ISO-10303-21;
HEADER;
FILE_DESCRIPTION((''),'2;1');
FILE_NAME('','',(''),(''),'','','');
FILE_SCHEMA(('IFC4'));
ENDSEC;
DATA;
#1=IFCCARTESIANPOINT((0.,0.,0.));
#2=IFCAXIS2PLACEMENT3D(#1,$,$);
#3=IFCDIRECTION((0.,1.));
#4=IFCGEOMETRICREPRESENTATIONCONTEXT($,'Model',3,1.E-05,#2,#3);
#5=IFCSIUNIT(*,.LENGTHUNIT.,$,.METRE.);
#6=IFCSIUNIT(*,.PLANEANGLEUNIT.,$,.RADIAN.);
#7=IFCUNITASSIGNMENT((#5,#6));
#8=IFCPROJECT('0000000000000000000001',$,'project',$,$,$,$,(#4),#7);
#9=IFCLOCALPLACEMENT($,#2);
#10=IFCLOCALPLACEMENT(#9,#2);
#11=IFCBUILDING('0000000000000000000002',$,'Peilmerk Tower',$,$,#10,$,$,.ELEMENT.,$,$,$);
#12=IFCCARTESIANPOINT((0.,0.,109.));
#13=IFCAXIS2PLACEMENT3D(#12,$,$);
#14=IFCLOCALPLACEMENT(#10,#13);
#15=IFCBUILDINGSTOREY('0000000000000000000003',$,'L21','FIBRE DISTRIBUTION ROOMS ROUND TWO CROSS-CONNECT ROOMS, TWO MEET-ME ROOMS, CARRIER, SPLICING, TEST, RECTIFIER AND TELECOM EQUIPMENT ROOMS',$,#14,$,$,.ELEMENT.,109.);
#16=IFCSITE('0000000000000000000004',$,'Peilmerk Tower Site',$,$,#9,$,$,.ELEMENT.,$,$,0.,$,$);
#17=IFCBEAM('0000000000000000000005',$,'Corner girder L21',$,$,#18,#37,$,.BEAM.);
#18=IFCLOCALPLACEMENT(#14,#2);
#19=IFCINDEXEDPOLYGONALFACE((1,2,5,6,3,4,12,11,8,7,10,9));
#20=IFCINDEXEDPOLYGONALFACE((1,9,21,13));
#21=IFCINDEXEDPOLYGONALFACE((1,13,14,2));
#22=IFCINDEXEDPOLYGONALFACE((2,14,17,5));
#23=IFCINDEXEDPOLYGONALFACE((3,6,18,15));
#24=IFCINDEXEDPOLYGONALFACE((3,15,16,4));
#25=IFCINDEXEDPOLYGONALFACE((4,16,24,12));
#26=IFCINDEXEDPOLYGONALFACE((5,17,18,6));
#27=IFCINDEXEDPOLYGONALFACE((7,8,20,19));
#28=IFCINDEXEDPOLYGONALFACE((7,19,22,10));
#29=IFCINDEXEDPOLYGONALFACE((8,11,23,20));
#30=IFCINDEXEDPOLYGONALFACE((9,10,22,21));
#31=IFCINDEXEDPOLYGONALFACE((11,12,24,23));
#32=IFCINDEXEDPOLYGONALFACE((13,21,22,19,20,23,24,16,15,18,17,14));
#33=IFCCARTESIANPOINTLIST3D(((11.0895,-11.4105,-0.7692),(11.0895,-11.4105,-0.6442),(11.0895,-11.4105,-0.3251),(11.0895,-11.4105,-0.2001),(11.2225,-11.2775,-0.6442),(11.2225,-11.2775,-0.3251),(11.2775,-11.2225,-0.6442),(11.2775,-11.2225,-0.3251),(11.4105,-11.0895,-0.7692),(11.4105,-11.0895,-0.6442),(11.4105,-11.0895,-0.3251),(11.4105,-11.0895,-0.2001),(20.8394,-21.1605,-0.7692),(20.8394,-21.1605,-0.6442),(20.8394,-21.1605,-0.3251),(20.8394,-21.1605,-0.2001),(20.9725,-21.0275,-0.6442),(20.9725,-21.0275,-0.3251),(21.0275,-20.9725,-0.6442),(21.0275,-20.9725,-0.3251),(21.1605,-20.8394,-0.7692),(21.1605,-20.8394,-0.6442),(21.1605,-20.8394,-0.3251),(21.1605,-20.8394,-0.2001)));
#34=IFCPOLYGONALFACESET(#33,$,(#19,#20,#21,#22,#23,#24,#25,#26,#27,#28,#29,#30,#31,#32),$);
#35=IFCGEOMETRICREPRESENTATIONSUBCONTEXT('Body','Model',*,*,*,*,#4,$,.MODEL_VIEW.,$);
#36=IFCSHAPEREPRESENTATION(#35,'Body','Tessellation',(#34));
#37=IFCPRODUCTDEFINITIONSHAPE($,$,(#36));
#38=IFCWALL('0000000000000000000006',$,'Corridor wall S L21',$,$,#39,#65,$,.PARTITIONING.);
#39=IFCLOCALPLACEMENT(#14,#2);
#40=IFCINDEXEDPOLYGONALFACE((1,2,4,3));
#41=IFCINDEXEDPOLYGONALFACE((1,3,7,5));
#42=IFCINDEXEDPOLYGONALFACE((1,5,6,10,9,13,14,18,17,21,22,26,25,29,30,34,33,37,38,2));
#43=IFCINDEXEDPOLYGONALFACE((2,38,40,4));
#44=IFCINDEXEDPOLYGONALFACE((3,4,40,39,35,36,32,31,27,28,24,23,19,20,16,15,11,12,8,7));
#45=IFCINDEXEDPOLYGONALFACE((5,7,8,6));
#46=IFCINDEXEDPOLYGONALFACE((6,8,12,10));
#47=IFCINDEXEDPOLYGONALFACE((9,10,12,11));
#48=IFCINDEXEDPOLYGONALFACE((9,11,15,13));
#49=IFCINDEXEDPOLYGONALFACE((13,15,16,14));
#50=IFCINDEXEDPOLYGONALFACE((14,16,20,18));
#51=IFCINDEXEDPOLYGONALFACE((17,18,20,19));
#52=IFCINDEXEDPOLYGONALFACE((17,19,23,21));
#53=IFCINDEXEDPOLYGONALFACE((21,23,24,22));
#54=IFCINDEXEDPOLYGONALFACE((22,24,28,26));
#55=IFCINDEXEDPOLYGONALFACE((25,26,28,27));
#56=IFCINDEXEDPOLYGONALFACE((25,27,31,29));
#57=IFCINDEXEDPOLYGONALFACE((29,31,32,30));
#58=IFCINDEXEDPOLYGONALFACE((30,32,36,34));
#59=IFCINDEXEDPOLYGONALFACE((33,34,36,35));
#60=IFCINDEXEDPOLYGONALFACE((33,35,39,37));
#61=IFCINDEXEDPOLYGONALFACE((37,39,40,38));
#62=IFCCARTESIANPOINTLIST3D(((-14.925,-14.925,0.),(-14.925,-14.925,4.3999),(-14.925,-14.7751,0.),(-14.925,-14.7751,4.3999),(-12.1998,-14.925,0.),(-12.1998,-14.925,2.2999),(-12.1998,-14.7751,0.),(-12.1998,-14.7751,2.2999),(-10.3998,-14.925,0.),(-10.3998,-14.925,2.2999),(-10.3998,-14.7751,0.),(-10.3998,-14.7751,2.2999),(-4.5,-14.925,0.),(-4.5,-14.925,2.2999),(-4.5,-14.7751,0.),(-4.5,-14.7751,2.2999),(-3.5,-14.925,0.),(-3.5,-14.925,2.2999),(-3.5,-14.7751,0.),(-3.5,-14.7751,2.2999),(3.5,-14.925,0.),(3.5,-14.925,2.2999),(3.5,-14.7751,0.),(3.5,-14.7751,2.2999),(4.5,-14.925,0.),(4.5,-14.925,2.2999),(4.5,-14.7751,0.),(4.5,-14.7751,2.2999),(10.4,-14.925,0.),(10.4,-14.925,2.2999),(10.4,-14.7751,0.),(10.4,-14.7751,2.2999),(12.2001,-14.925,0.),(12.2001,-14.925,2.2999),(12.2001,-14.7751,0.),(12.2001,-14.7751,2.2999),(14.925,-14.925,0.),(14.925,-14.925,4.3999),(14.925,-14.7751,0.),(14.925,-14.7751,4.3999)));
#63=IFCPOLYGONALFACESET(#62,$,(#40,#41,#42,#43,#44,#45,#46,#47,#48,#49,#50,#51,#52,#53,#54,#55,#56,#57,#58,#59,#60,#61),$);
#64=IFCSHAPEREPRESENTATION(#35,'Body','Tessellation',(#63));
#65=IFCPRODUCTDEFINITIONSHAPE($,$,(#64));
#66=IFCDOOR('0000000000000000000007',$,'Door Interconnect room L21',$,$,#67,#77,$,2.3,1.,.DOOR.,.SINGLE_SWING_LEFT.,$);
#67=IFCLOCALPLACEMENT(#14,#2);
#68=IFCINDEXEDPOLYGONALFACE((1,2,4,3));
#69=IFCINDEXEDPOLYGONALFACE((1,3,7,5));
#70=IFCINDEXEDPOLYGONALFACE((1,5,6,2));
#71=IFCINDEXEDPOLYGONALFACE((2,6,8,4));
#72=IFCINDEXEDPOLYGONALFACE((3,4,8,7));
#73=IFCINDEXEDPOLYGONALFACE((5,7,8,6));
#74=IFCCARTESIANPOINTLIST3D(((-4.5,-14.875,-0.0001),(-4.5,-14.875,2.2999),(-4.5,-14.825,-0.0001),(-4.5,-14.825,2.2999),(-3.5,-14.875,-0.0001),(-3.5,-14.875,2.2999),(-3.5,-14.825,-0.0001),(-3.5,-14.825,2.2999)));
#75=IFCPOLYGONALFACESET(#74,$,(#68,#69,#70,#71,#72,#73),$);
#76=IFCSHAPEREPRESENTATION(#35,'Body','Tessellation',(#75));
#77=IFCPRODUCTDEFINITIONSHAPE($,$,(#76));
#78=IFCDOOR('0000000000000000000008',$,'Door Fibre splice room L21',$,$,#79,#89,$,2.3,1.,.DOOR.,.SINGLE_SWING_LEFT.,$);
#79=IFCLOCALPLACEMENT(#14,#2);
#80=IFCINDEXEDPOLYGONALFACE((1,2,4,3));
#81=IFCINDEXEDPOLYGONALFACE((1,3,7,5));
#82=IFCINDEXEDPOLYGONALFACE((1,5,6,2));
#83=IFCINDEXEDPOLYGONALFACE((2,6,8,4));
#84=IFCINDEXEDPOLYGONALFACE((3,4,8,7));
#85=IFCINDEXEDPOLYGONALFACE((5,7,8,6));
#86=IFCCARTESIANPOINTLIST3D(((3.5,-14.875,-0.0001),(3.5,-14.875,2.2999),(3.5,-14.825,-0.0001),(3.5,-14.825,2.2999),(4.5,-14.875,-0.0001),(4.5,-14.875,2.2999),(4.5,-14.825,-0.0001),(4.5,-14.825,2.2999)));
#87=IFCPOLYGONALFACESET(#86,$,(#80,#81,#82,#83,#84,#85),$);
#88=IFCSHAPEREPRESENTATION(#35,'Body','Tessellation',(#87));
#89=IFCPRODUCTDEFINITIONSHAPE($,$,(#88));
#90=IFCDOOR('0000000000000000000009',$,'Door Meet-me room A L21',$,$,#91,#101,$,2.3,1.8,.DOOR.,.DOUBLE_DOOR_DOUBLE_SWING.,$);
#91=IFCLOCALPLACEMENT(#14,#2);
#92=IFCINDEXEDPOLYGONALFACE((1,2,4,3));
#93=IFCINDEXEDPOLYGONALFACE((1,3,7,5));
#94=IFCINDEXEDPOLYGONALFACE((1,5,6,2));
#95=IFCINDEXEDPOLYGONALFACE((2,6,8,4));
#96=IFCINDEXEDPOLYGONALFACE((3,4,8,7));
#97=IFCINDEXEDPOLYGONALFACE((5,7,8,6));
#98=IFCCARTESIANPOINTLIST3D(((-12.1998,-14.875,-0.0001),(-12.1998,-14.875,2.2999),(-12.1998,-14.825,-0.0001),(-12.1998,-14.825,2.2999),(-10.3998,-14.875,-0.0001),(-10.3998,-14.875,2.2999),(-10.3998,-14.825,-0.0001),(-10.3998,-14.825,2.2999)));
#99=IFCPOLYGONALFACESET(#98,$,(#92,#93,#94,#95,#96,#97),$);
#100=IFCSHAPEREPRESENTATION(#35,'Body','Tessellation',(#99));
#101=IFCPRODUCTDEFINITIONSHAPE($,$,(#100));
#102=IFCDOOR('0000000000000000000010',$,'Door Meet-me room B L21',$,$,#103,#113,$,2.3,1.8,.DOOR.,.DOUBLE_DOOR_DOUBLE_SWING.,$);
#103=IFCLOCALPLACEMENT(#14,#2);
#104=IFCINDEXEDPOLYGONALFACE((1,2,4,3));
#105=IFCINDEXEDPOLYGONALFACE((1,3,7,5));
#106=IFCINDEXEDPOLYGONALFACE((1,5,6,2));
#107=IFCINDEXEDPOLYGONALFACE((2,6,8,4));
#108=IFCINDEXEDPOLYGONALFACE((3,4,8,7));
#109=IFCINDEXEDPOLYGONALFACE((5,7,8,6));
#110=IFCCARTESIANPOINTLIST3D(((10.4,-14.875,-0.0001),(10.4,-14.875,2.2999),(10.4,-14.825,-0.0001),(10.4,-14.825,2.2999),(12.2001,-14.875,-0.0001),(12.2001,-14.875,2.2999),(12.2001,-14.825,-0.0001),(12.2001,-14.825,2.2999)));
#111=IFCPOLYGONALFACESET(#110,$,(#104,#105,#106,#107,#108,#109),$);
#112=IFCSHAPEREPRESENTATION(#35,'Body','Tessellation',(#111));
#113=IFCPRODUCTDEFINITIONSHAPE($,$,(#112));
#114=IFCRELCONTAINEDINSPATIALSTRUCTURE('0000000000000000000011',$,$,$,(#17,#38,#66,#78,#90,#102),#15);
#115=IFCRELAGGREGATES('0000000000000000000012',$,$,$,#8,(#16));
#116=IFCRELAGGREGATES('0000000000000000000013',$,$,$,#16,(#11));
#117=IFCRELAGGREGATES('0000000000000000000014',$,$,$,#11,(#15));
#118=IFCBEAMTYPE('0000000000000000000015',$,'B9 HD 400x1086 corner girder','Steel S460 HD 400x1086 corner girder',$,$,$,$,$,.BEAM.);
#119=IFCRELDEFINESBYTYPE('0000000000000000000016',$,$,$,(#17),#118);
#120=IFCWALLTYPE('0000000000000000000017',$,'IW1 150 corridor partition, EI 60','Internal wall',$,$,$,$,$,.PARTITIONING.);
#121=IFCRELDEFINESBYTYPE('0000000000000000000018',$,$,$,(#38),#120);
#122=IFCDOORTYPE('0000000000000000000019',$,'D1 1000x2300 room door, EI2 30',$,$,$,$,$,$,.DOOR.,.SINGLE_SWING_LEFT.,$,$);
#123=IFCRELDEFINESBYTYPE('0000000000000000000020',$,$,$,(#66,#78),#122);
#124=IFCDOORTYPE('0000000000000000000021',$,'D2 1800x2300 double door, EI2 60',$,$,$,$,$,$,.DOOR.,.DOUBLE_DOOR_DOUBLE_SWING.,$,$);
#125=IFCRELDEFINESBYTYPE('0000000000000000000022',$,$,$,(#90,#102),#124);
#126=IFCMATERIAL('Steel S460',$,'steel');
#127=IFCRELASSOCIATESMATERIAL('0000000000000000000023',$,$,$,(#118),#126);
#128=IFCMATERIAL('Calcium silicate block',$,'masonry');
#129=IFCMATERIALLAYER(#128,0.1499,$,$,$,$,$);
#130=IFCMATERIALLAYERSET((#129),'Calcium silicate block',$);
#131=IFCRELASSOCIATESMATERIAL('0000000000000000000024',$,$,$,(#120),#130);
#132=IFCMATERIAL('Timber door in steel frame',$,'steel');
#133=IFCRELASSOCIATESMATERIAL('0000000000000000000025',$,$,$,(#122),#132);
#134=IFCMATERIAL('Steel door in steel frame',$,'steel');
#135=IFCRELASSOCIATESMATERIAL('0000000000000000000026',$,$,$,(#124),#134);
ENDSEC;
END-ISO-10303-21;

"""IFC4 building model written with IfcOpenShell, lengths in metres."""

from ifc_helpers import new_model, si_unit, direction, frame, frame_2d, origin, origin_2d, place, context, subcontext, project, spatial, rectangle, i_section, extrude, material, layer, layer_set, material_profile, profile_set, type_object, element, fill, save


model = new_model("IFC4")

# Units and contexts
model_context = context("Model", 3, precision=1e-05, world=origin(), true_north=direction((0.0, 1.0)))
body_context = subcontext(model_context, "Body", "Model", "MODEL_VIEW")
ifc_project = project(units=[si_unit("LENGTHUNIT", "METRE"), si_unit("PLANEANGLEUNIT", "RADIAN")], contexts=[model_context])

# Site, building, storey
site_placement = place(None, origin())
site = spatial("IfcSite", under=ifc_project, at=site_placement, Name="Peilmerk Tower Site", CompositionType="ELEMENT", RefElevation=0.0)
building_placement = place(site_placement, origin())
building = spatial("IfcBuilding", under=site, at=building_placement, Name="Peilmerk Tower", CompositionType="ELEMENT")
storey_placement = place(building_placement, frame((0.0, 0.0, 109.0)))
storey = spatial("IfcBuildingStorey", under=building, at=storey_placement, Name="L21", Description="FIBRE DISTRIBUTION ROOMS ROUND TWO CROSS-CONNECT ROOMS, TWO MEET-ME ROOMS, CARRIER, SPLICING, TEST, RECTIFIER AND TELECOM EQUIPMENT ROOMS", CompositionType="ELEMENT", Elevation=109.0)

# Shared definitions
ifc_material_1 = material(Name="Steel S460", Category="steel")

# Beam
ifc_material_profile_1 = material_profile(ifc_material_1, i_section(OverallWidth=0.4541, OverallDepth=0.5691, WebThickness=0.0779, FlangeThickness=0.125, at=origin_2d()), Name="HD 400x1086")
ifc_profile_set_1 = profile_set([ifc_material_profile_1], Name="Steel S460")
beam_type_1 = type_object("IfcBeamType", Name="B9 HD 400x1086 corner girder", Description="Steel S460 HD 400x1086 corner girder", PredefinedType="BEAM", material=ifc_profile_set_1)
beam_1_placement = place(storey_placement, frame((11.25, -11.25, -0.4846), z_axis=(0.707107, -0.707107, 0.0), x_axis=(0.707107, 0.707107, 0.0)))
element("IfcBeam", 1, at=beam_1_placement, inside=storey, type_object=beam_type_1, Name="Corner girder L21", PredefinedType="BEAM", context=body_context, shape_type="SweptSolid", body=[
    extrude(i_section(OverallWidth=0.4541, OverallDepth=0.5691, WebThickness=0.0779, FlangeThickness=0.125, at=origin_2d()), origin(), (0.0, 0.0, 1.0), 13.7886),
])

# Wall, openings, doors
ifc_material_2 = material(Name="Calcium silicate block", Category="masonry")
ifc_layer_1 = layer(ifc_material_2, 0.1499)
ifc_layer_set_1 = layer_set([ifc_layer_1], Name="Calcium silicate block")
wall_type_1 = type_object("IfcWallType", Name="IW1 150 corridor partition, EI 60", Description="Internal wall", PredefinedType="PARTITIONING", material=ifc_layer_set_1)
wall_1_placement = place(storey_placement, frame((14.925, -14.8501, 0.0), z_axis=(0.0, 0.0, 1.0), x_axis=(-1.0, 0.0, 0.0)))
wall_1 = element("IfcWall", 2, at=wall_1_placement, inside=storey, type_object=wall_type_1, Name="Corridor wall S L21", PredefinedType="PARTITIONING", context=body_context, shape_type="SweptSolid", body=[
    extrude(rectangle(XDim=29.8501, YDim=0.1499, at=frame_2d((14.925, 0.0))), origin(), (0.0, 0.0, 1.0), 4.3999),
])
opening_1_placement = place(wall_1_placement, frame((25.325, 0.0, 0.0)))
opening_1 = element("IfcOpeningElement", 3, at=opening_1_placement, cuts=wall_1, PredefinedType="OPENING", context=body_context, shape_type="SweptSolid", body=[
    extrude(rectangle(XDim=1.8, YDim=2.3, at=frame_2d((0.8999, 1.1499))), frame((0.0, 0.085, 0.0), z_axis=(0.0, -1.0, 0.0), x_axis=(1.0, 0.0, 0.0)), (0.0, 0.0, 1.0), 0.1699),
])
opening_2_placement = place(wall_1_placement, frame((18.425, 0.0, 0.0)))
opening_2 = element("IfcOpeningElement", 4, at=opening_2_placement, cuts=wall_1, PredefinedType="OPENING", context=body_context, shape_type="SweptSolid", body=[
    extrude(rectangle(XDim=1.0, YDim=2.3, at=frame_2d((0.5, 1.1499))), frame((0.0, 0.085, 0.0), z_axis=(0.0, -1.0, 0.0), x_axis=(1.0, 0.0, 0.0)), (0.0, 0.0, 1.0), 0.1699),
])
opening_3_placement = place(wall_1_placement, frame((10.425, 0.0, 0.0)))
opening_3 = element("IfcOpeningElement", 5, at=opening_3_placement, cuts=wall_1, PredefinedType="OPENING", context=body_context, shape_type="SweptSolid", body=[
    extrude(rectangle(XDim=1.0, YDim=2.3, at=frame_2d((0.5, 1.1499))), frame((0.0, 0.085, 0.0), z_axis=(0.0, -1.0, 0.0), x_axis=(1.0, 0.0, 0.0)), (0.0, 0.0, 1.0), 0.1699),
])
opening_4_placement = place(wall_1_placement, frame((2.7251, 0.0, 0.0)))
opening_4 = element("IfcOpeningElement", 6, at=opening_4_placement, cuts=wall_1, PredefinedType="OPENING", context=body_context, shape_type="SweptSolid", body=[
    extrude(rectangle(XDim=1.8, YDim=2.3, at=frame_2d((0.8999, 1.1499))), frame((0.0, 0.085, 0.0), z_axis=(0.0, -1.0, 0.0), x_axis=(1.0, 0.0, 0.0)), (0.0, 0.0, 1.0), 0.1699),
])
ifc_material_3 = material(Name="Timber door in steel frame", Category="steel")
door_type_1 = type_object("IfcDoorType", Name="D1 1000x2300 room door, EI2 30", OperationType="SINGLE_SWING_LEFT", PredefinedType="DOOR", material=ifc_material_3)
door_1_placement = place(opening_2_placement, origin())
door_1 = element("IfcDoor", 7, at=door_1_placement, inside=storey, type_object=door_type_1, Name="Door Interconnect room L21", OperationType="SINGLE_SWING_LEFT", OverallHeight=2.3, OverallWidth=1.0, PredefinedType="DOOR", context=body_context, shape_type="SweptSolid", body=[
    extrude(rectangle(XDim=1.0, YDim=2.3, at=frame_2d((0.5, 1.1499))), frame((0.0, 0.0249, 0.0), z_axis=(0.0, -1.0, 0.0), x_axis=(1.0, 0.0, 0.0)), (0.0, 0.0, 1.0), 0.05),
])
fill(opening_2, door_1)
door_2_placement = place(opening_3_placement, origin())
door_2 = element("IfcDoor", 8, at=door_2_placement, inside=storey, type_object=door_type_1, Name="Door Fibre splice room L21", OperationType="SINGLE_SWING_LEFT", OverallHeight=2.3, OverallWidth=1.0, PredefinedType="DOOR", context=body_context, shape_type="SweptSolid", body=[
    extrude(rectangle(XDim=1.0, YDim=2.3, at=frame_2d((0.5, 1.1499))), frame((0.0, 0.0249, 0.0), z_axis=(0.0, -1.0, 0.0), x_axis=(1.0, 0.0, 0.0)), (0.0, 0.0, 1.0), 0.05),
])
fill(opening_3, door_2)
ifc_material_4 = material(Name="Steel door in steel frame", Category="steel")
door_type_2 = type_object("IfcDoorType", Name="D2 1800x2300 double door, EI2 60", OperationType="DOUBLE_DOOR_DOUBLE_SWING", PredefinedType="DOOR", material=ifc_material_4)
door_3_placement = place(opening_1_placement, origin())
door_3 = element("IfcDoor", 9, at=door_3_placement, inside=storey, type_object=door_type_2, Name="Door Meet-me room A L21", OperationType="DOUBLE_DOOR_DOUBLE_SWING", OverallHeight=2.3, OverallWidth=1.8, PredefinedType="DOOR", context=body_context, shape_type="SweptSolid", body=[
    extrude(rectangle(XDim=1.8, YDim=2.3, at=frame_2d((0.8999, 1.1499))), frame((0.0, 0.0249, 0.0), z_axis=(0.0, -1.0, 0.0), x_axis=(1.0, 0.0, 0.0)), (0.0, 0.0, 1.0), 0.05),
])
fill(opening_1, door_3)
door_4_placement = place(opening_4_placement, origin())
door_4 = element("IfcDoor", 10, at=door_4_placement, inside=storey, type_object=door_type_2, Name="Door Meet-me room B L21", OperationType="DOUBLE_DOOR_DOUBLE_SWING", OverallHeight=2.3, OverallWidth=1.8, PredefinedType="DOOR", context=body_context, shape_type="SweptSolid", body=[
    extrude(rectangle(XDim=1.8, YDim=2.3, at=frame_2d((0.8999, 1.1499))), frame((0.0, 0.0249, 0.0), z_axis=(0.0, -1.0, 0.0), x_axis=(1.0, 0.0, 0.0)), (0.0, 0.0, 1.0), 0.05),
])
fill(opening_4, door_4)

save(model, "model.ifc")
